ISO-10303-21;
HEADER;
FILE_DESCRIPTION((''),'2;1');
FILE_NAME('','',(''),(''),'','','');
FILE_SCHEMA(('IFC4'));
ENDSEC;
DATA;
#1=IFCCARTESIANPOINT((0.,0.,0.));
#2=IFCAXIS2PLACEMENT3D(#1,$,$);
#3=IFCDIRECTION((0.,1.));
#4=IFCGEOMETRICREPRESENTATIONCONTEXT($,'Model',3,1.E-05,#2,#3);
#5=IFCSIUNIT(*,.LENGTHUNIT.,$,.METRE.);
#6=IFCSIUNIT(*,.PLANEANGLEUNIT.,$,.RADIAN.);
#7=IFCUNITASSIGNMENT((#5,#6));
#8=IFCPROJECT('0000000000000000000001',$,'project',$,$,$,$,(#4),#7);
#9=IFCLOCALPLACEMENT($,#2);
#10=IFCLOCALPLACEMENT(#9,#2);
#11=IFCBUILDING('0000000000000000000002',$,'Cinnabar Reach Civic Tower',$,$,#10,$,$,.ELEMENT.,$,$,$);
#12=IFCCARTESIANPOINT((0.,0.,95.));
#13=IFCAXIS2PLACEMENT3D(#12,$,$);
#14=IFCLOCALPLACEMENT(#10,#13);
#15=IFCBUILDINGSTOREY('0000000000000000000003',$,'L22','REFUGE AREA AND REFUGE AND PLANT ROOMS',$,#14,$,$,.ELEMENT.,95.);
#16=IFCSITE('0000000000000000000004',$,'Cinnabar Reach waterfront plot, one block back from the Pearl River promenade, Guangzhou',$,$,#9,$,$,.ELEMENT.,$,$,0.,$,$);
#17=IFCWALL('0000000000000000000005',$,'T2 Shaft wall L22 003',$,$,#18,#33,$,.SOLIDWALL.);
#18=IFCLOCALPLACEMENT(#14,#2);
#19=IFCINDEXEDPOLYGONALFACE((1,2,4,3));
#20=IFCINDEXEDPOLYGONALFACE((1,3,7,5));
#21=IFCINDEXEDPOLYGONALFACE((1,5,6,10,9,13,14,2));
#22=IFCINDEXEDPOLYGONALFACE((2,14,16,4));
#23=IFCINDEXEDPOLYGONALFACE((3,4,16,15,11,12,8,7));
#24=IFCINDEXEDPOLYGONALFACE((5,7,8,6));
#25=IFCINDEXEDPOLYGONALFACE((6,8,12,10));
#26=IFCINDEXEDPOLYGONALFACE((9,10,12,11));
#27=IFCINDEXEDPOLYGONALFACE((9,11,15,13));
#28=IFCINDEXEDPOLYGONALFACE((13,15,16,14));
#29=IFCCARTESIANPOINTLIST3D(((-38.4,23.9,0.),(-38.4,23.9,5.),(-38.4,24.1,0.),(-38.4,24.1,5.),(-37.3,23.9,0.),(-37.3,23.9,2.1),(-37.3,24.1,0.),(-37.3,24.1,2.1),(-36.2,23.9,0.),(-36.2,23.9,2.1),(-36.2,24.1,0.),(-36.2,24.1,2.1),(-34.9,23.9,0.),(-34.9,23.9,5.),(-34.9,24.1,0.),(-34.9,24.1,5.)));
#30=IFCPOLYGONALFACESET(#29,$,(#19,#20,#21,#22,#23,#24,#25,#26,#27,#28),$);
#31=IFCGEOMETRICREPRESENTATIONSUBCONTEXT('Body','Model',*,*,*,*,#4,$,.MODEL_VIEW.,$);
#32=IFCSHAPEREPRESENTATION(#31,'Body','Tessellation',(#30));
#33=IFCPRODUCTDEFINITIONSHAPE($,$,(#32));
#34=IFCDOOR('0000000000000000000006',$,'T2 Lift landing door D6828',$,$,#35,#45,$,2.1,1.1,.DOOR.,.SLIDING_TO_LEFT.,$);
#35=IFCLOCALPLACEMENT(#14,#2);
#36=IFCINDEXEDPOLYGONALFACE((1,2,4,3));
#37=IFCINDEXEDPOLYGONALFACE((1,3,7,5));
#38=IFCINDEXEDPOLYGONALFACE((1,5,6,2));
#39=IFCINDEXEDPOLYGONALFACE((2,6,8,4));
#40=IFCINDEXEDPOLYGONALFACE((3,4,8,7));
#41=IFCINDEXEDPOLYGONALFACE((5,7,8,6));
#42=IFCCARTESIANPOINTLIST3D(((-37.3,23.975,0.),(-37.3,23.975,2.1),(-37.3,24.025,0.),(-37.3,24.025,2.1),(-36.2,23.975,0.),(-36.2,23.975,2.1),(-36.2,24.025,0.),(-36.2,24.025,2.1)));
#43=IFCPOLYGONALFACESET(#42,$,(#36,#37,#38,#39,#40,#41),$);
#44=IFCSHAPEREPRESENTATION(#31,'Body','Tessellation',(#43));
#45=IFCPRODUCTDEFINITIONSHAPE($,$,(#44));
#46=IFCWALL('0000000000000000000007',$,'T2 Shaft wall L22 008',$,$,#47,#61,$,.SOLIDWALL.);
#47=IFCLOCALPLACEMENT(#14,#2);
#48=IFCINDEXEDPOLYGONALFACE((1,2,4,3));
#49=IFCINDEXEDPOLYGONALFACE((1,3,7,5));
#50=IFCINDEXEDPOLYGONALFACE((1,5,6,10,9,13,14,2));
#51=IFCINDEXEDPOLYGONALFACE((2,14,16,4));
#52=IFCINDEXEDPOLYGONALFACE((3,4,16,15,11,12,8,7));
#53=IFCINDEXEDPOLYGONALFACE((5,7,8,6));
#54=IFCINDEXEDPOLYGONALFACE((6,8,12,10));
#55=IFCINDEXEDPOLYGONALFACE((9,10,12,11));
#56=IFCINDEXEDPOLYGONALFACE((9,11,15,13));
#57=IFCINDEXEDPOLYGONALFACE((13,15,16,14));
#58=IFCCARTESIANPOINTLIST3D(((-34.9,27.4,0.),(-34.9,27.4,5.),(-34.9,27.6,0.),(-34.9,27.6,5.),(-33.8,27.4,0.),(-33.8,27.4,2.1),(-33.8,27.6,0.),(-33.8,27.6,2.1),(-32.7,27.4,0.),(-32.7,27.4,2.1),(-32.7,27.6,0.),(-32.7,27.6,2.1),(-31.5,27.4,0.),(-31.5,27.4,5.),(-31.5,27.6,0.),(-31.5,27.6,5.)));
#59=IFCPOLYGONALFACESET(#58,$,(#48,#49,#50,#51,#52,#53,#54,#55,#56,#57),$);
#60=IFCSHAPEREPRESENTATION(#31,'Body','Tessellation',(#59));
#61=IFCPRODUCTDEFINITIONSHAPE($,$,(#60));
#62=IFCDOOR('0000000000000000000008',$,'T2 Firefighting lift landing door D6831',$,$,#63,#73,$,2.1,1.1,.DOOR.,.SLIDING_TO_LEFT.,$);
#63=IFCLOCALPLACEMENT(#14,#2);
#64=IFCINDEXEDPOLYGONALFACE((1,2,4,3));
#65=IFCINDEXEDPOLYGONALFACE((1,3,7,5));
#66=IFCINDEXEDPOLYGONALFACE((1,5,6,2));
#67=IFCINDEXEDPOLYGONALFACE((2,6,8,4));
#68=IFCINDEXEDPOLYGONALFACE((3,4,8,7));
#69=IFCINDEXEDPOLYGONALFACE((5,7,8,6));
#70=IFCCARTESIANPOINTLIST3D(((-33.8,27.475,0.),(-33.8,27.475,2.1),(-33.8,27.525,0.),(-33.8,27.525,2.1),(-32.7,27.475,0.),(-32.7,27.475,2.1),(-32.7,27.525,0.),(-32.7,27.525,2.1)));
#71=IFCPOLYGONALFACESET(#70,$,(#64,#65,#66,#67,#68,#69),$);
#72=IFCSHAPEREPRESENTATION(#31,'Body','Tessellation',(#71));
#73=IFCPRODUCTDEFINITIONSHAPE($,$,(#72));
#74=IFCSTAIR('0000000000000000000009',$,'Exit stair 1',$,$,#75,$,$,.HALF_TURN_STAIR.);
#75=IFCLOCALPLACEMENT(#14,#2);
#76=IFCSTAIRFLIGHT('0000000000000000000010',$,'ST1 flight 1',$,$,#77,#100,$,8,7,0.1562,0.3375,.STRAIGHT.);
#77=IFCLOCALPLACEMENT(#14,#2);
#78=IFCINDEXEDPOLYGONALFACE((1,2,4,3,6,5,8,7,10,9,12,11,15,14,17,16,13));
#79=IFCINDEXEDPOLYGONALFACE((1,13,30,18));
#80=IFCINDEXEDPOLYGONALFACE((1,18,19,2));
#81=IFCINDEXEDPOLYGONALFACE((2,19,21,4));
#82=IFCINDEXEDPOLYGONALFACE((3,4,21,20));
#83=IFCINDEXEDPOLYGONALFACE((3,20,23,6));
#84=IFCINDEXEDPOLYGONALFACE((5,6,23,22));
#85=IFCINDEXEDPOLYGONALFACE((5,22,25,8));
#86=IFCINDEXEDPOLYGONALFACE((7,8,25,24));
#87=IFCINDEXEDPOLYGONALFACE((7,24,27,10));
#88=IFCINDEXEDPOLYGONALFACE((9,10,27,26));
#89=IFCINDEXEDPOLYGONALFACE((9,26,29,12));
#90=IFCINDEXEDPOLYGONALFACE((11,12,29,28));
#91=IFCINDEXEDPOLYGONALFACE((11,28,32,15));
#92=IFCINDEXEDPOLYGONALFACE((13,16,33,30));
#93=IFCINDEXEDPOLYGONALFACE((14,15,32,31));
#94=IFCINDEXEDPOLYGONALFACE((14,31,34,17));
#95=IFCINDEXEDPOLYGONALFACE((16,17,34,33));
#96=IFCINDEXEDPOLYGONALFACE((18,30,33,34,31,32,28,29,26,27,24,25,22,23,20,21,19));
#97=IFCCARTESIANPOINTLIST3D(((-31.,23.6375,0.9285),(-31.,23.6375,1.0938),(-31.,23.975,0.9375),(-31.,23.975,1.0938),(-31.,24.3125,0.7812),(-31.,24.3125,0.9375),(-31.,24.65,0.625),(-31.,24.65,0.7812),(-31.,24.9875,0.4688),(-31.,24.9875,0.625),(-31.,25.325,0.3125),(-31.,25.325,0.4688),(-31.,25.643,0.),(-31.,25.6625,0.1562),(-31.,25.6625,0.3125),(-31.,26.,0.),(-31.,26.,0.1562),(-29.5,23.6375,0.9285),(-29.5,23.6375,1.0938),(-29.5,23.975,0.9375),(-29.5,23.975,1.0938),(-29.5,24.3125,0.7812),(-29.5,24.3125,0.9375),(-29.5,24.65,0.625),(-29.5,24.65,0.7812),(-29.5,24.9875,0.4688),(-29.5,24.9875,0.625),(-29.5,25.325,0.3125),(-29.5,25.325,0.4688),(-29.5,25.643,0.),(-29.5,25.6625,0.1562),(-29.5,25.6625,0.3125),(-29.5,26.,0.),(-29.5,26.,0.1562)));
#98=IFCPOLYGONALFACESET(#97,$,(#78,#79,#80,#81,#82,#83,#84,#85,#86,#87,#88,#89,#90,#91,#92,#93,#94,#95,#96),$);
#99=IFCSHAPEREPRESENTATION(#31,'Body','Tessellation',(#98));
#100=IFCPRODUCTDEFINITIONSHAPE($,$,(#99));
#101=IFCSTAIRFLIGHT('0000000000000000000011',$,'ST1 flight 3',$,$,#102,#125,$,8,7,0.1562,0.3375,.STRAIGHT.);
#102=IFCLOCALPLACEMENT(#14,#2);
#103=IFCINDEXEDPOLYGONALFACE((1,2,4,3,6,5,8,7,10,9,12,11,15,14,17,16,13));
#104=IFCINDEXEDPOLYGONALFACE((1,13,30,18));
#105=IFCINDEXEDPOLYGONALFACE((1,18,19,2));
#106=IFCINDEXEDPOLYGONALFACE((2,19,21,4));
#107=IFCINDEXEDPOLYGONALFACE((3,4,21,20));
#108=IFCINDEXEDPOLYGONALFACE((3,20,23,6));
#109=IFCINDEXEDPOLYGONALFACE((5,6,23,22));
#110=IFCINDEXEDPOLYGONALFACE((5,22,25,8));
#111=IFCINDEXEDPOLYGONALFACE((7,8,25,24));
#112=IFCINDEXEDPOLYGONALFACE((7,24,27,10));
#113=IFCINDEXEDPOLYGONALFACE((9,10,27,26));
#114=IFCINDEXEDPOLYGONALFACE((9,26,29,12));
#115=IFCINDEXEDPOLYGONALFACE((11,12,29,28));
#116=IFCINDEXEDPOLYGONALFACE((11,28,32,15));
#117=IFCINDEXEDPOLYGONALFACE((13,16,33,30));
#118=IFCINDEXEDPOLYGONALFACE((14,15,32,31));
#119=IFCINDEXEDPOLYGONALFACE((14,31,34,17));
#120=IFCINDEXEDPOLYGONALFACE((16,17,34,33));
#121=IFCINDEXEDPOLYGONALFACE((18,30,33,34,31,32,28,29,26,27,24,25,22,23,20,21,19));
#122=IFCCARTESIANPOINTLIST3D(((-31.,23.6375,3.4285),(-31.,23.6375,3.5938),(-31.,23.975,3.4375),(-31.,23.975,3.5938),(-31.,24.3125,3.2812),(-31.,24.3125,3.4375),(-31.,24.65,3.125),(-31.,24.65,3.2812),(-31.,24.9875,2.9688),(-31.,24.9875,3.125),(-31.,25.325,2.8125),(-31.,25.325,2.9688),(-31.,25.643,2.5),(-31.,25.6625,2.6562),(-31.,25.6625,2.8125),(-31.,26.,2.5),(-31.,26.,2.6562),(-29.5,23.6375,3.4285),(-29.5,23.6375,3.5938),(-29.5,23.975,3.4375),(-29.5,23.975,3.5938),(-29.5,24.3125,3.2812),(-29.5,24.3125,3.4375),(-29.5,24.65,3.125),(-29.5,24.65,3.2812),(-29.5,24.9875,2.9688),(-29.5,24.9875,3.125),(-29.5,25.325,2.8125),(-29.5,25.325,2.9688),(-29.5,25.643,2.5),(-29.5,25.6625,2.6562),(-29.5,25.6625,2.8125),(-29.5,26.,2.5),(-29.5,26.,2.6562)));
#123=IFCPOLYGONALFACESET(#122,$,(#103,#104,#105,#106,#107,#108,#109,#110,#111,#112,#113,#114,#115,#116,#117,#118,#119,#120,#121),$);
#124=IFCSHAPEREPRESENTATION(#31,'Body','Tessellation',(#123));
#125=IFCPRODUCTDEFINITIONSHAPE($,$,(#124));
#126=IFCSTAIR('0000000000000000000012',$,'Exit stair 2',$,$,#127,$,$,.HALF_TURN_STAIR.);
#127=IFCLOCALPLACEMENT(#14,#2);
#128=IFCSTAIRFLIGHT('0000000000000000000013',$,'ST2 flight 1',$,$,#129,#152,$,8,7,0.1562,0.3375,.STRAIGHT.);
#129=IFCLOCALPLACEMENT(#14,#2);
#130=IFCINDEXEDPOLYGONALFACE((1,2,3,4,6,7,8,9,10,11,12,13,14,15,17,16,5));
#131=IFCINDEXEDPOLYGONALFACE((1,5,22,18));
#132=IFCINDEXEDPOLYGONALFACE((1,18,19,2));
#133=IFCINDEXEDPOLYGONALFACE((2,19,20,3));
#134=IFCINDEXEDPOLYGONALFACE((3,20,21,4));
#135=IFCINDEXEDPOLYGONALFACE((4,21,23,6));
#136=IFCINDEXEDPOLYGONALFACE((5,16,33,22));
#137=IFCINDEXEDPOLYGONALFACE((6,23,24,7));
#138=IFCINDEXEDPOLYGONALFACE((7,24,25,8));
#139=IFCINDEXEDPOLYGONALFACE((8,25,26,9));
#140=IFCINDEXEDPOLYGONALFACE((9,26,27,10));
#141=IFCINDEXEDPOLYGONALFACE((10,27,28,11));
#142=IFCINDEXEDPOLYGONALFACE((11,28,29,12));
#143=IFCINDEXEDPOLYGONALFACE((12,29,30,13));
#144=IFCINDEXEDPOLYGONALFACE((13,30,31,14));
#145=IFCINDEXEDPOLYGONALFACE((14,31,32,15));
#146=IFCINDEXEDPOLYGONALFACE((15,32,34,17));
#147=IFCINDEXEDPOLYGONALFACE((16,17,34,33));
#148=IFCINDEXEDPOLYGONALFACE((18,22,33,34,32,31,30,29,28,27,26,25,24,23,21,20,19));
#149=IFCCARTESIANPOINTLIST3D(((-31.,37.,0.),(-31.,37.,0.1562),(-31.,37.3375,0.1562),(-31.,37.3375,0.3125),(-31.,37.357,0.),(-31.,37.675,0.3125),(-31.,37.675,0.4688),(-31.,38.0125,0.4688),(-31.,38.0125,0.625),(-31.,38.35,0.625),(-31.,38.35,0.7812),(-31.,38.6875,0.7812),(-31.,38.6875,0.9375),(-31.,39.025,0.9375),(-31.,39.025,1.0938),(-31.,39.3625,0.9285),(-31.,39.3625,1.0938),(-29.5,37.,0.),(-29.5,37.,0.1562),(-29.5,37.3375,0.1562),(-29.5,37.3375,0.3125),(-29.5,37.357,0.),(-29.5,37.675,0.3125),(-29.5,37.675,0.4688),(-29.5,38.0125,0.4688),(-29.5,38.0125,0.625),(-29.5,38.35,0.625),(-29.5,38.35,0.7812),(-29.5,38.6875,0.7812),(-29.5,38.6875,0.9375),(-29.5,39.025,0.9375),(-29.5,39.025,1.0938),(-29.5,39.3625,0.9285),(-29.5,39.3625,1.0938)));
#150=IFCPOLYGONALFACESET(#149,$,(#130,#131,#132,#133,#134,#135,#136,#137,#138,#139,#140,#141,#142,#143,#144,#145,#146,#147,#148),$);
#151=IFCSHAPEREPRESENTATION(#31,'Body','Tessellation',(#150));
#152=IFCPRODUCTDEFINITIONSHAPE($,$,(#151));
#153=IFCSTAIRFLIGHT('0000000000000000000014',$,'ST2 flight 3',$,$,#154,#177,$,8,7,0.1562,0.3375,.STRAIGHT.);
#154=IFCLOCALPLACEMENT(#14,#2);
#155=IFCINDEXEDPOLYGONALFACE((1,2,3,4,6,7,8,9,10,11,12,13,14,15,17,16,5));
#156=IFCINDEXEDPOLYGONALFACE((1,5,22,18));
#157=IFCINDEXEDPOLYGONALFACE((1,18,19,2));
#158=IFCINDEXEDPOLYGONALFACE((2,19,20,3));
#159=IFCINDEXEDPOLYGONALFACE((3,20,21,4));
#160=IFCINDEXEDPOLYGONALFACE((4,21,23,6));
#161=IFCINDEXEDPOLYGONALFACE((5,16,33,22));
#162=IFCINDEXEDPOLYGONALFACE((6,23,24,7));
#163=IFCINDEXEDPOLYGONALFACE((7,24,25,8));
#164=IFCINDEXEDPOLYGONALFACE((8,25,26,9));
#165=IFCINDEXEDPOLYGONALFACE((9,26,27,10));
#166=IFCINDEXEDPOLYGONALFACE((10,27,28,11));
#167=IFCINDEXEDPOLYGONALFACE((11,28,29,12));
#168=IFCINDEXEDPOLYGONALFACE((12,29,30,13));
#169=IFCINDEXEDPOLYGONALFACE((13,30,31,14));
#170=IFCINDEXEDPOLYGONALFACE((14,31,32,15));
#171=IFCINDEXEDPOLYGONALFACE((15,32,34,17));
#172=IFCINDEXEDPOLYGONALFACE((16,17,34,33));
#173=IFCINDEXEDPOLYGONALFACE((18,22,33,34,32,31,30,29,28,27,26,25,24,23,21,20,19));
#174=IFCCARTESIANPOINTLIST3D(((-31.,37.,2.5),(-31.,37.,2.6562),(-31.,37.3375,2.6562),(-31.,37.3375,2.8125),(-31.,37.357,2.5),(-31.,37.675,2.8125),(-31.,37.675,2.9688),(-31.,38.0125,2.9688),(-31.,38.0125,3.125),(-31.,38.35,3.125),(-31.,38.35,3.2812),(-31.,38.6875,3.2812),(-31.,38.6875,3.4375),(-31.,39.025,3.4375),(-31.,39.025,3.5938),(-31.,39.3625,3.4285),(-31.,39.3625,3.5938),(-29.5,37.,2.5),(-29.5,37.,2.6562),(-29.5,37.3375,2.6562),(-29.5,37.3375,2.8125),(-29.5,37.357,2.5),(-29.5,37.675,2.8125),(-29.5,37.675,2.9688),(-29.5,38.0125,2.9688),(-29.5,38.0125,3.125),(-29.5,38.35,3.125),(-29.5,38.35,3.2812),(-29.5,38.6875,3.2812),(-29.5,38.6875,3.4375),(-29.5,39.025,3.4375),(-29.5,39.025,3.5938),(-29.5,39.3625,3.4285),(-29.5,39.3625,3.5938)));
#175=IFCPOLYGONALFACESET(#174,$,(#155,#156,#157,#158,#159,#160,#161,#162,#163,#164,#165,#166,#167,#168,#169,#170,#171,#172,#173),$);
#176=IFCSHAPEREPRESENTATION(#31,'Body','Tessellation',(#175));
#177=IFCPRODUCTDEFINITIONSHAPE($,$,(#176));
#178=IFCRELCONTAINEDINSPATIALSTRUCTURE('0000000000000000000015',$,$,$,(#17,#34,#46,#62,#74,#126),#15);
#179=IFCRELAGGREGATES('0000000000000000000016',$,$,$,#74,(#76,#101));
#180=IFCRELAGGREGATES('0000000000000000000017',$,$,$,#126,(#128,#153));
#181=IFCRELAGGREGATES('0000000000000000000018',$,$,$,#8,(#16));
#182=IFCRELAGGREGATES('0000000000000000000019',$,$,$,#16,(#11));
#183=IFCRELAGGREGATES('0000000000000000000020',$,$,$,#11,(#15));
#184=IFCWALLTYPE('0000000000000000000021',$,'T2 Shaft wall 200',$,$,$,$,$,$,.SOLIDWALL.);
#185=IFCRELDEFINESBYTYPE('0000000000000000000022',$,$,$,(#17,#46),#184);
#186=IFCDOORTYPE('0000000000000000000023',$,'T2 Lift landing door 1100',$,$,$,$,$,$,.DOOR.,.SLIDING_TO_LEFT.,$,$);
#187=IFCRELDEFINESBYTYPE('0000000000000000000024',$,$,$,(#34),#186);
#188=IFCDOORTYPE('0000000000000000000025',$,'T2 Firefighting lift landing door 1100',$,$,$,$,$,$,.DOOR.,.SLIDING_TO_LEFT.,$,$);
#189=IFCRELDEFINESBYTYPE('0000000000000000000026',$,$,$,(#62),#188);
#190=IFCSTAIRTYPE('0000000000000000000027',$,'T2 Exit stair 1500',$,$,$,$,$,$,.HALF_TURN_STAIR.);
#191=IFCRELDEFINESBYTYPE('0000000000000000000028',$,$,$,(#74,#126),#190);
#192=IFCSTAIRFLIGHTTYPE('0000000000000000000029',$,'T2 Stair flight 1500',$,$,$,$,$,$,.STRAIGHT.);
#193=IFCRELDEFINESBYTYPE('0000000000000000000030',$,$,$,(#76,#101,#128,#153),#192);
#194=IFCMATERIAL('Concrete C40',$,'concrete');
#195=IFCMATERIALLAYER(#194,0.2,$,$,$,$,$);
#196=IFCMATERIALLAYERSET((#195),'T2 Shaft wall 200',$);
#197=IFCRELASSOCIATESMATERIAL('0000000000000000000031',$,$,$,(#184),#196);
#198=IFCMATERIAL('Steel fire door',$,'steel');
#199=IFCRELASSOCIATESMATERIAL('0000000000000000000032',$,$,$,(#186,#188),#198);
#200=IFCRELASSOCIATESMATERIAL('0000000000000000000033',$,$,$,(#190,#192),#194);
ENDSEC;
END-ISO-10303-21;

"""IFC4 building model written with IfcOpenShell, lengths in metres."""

from ifc_helpers import new_model, si_unit, direction, frame, frame_2d, origin, place, context, subcontext, project, spatial, polyline, rectangle, outline, extrude, material, layer, layer_set, type_object, element, fill, aggregate, save


model = new_model("IFC4")

# Units and contexts
model_context = context("Model", 3, precision=1e-05, world=origin(), true_north=direction((0.0, 1.0)))
body_context = subcontext(model_context, "Body", "Model", "MODEL_VIEW")
ifc_project = project(units=[si_unit("LENGTHUNIT", "METRE"), si_unit("PLANEANGLEUNIT", "RADIAN")], contexts=[model_context])

# Site, building, storey
site_placement = place(None, origin())
site = spatial("IfcSite", under=ifc_project, at=site_placement, Name="Cinnabar Reach waterfront plot, one block back from the Pearl River promenade, Guangzhou", CompositionType="ELEMENT", RefElevation=0.0)
building_placement = place(site_placement, origin())
building = spatial("IfcBuilding", under=site, at=building_placement, Name="Cinnabar Reach Civic Tower", CompositionType="ELEMENT")
storey_placement = place(building_placement, frame((0.0, 0.0, 95.0)))
storey = spatial("IfcBuildingStorey", under=building, at=storey_placement, Name="L22", Description="REFUGE AREA AND REFUGE AND PLANT ROOMS", CompositionType="ELEMENT", Elevation=95.0)

# Shared definitions
ifc_material_1 = material(Name="Steel fire door", Category="steel")

# Shared definitions
ifc_material_2 = material(Name="Concrete C40", Category="concrete")

# Walls, openings, doors
ifc_layer_1 = layer(ifc_material_2, 0.2)
ifc_layer_set_1 = layer_set([ifc_layer_1], Name="T2 Shaft wall 200")
wall_type_1 = type_object("IfcWallType", Name="T2 Shaft wall 200", PredefinedType="SOLIDWALL", material=ifc_layer_set_1)
wall_1_placement = place(storey_placement, frame((-34.9, 24.0, 0.0), z_axis=(0.0, 0.0, 1.0), x_axis=(-1.0, 0.0, 0.0)))
wall_1 = element("IfcWall", 1, at=wall_1_placement, inside=storey, type_object=wall_type_1, Name="T2 Shaft wall L22 003", PredefinedType="SOLIDWALL", context=body_context, shape_type="SweptSolid", body=[
    extrude(rectangle(XDim=3.5, YDim=0.2, at=frame_2d((1.75, 0.0))), origin(), (0.0, 0.0, 1.0), 5.0),
])
opening_1_placement = place(wall_1_placement, frame((1.3, 0.0, 0.0)))
opening_1 = element("IfcOpeningElement", 2, at=opening_1_placement, cuts=wall_1, PredefinedType="OPENING", context=body_context, shape_type="SweptSolid", body=[
    extrude(rectangle(XDim=1.1, YDim=2.1, at=frame_2d((0.55, 1.05))), frame((0.0, 0.11, 0.0), z_axis=(0.0, -1.0, 0.0), x_axis=(1.0, 0.0, 0.0)), (0.0, 0.0, 1.0), 0.22),
])
door_type_1 = type_object("IfcDoorType", Name="T2 Lift landing door 1100", OperationType="SLIDING_TO_LEFT", PredefinedType="DOOR", material=ifc_material_1)
door_1_placement = place(opening_1_placement, origin())
door_1 = element("IfcDoor", 3, at=door_1_placement, inside=storey, type_object=door_type_1, Name="T2 Lift landing door D6828", OperationType="SLIDING_TO_LEFT", OverallHeight=2.1, OverallWidth=1.1, PredefinedType="DOOR", context=body_context, shape_type="SweptSolid", body=[
    extrude(rectangle(XDim=1.1, YDim=2.1, at=frame_2d((0.55, 1.05))), frame((0.0, 0.025, 0.0), z_axis=(0.0, -1.0, 0.0), x_axis=(1.0, 0.0, 0.0)), (0.0, 0.0, 1.0), 0.05),
])
fill(opening_1, door_1)
wall_2_placement = place(storey_placement, frame((-34.9, 27.5, 0.0), z_axis=(0.0, 0.0, 1.0), x_axis=(1.0, 0.0, 0.0)))
wall_2 = element("IfcWall", 4, at=wall_2_placement, inside=storey, type_object=wall_type_1, Name="T2 Shaft wall L22 008", PredefinedType="SOLIDWALL", context=body_context, shape_type="SweptSolid", body=[
    extrude(rectangle(XDim=3.4, YDim=0.2, at=frame_2d((1.7, 0.0))), origin(), (0.0, 0.0, 1.0), 5.0),
])
opening_2_placement = place(wall_2_placement, frame((1.1, 0.0, 0.0)))
opening_2 = element("IfcOpeningElement", 5, at=opening_2_placement, cuts=wall_2, PredefinedType="OPENING", context=body_context, shape_type="SweptSolid", body=[
    extrude(rectangle(XDim=1.1, YDim=2.1, at=frame_2d((0.55, 1.05))), frame((0.0, 0.11, 0.0), z_axis=(0.0, -1.0, 0.0), x_axis=(1.0, 0.0, 0.0)), (0.0, 0.0, 1.0), 0.22),
])
door_type_2 = type_object("IfcDoorType", Name="T2 Firefighting lift landing door 1100", OperationType="SLIDING_TO_LEFT", PredefinedType="DOOR", material=ifc_material_1)
door_2_placement = place(opening_2_placement, origin())
door_2 = element("IfcDoor", 6, at=door_2_placement, inside=storey, type_object=door_type_2, Name="T2 Firefighting lift landing door D6831", OperationType="SLIDING_TO_LEFT", OverallHeight=2.1, OverallWidth=1.1, PredefinedType="DOOR", context=body_context, shape_type="SweptSolid", body=[
    extrude(rectangle(XDim=1.1, YDim=2.1, at=frame_2d((0.55, 1.05))), frame((0.0, 0.025, 0.0), z_axis=(0.0, -1.0, 0.0), x_axis=(1.0, 0.0, 0.0)), (0.0, 0.0, 1.0), 0.05),
])
fill(opening_2, door_2)

# Stairs, stair flights
stair_type = type_object("IfcStairType", Name="T2 Exit stair 1500", PredefinedType="HALF_TURN_STAIR", material=ifc_material_2)
stair_1_placement = place(storey_placement, origin())
stair_1 = element("IfcStair", 7, at=stair_1_placement, inside=storey, type_object=stair_type, Name="Exit stair 1", PredefinedType="HALF_TURN_STAIR")
stair_flight_type = type_object("IfcStairFlightType", Name="T2 Stair flight 1500", PredefinedType="STRAIGHT", material=ifc_material_2)
stair_flight_1_placement = place(storey_placement, frame((-30.25, 26.0, 0.0), z_axis=(0.0, 0.0, 1.0), x_axis=(0.0, -1.0, 0.0)))
stair_flight_1 = element("IfcStairFlight", 8, at=stair_flight_1_placement, type_object=stair_flight_type, Name="ST1 flight 1", NumberOfRisers=8, NumberOfTreads=7, PredefinedType="STRAIGHT", RiserHeight=0.1562, TreadLength=0.3375, context=body_context, shape_type="SweptSolid", body=[
    extrude(outline(polyline([(0.0, 0.0), (0.0, 0.1562), (0.3375, 0.1562), (0.3375, 0.3125), (0.675, 0.3125), (0.675, 0.4688), (1.0125, 0.4688), (1.0125, 0.625), (1.35, 0.625), (1.35, 0.7812), (1.6875, 0.7812), (1.6875, 0.9375), (2.025, 0.9375), (2.025, 1.0938), (2.3625, 1.0938), (2.3625, 1.25), (2.3625, 0.9285), (0.357, 0.0), (0.0, 0.0)])), frame((0.0, 0.75, 0.0), z_axis=(0.0, -1.0, 0.0), x_axis=(1.0, 0.0, 0.0)), (0.0, 0.0, 1.0), 1.5),
])
stair_flight_2_placement = place(storey_placement, frame((-30.25, 26.0, 2.5), z_axis=(0.0, 0.0, 1.0), x_axis=(0.0, -1.0, 0.0)))
stair_flight_2 = element("IfcStairFlight", 9, at=stair_flight_2_placement, type_object=stair_flight_type, Name="ST1 flight 3", NumberOfRisers=8, NumberOfTreads=7, PredefinedType="STRAIGHT", RiserHeight=0.1562, TreadLength=0.3375, context=body_context, shape_type="SweptSolid", body=[
    extrude(outline(polyline([(0.0, 0.0), (0.0, 0.1562), (0.3375, 0.1562), (0.3375, 0.3125), (0.675, 0.3125), (0.675, 0.4688), (1.0125, 0.4688), (1.0125, 0.625), (1.35, 0.625), (1.35, 0.7812), (1.6875, 0.7812), (1.6875, 0.9375), (2.025, 0.9375), (2.025, 1.0938), (2.3625, 1.0938), (2.3625, 1.25), (2.3625, 0.9285), (0.357, 0.0), (0.0, 0.0)])), frame((0.0, 0.75, 0.0), z_axis=(0.0, -1.0, 0.0), x_axis=(1.0, 0.0, 0.0)), (0.0, 0.0, 1.0), 1.5),
])
aggregate(stair_1, [stair_flight_1, stair_flight_2])
stair_2_placement = place(storey_placement, origin())
stair_2 = element("IfcStair", 10, at=stair_2_placement, inside=storey, type_object=stair_type, Name="Exit stair 2", PredefinedType="HALF_TURN_STAIR")
stair_flight_3_placement = place(storey_placement, frame((-30.25, 37.0, 0.0), z_axis=(0.0, 0.0, 1.0), x_axis=(0.0, 1.0, 0.0)))
stair_flight_3 = element("IfcStairFlight", 11, at=stair_flight_3_placement, type_object=stair_flight_type, Name="ST2 flight 1", NumberOfRisers=8, NumberOfTreads=7, PredefinedType="STRAIGHT", RiserHeight=0.1562, TreadLength=0.3375, context=body_context, shape_type="SweptSolid", body=[
    extrude(outline(polyline([(0.0, 0.0), (0.0, 0.1562), (0.3375, 0.1562), (0.3375, 0.3125), (0.675, 0.3125), (0.675, 0.4688), (1.0125, 0.4688), (1.0125, 0.625), (1.35, 0.625), (1.35, 0.7812), (1.6875, 0.7812), (1.6875, 0.9375), (2.025, 0.9375), (2.025, 1.0938), (2.3625, 1.0938), (2.3625, 1.25), (2.3625, 0.9285), (0.357, 0.0), (0.0, 0.0)])), frame((0.0, 0.75, 0.0), z_axis=(0.0, -1.0, 0.0), x_axis=(1.0, 0.0, 0.0)), (0.0, 0.0, 1.0), 1.5),
])
stair_flight_4_placement = place(storey_placement, frame((-30.25, 37.0, 2.5), z_axis=(0.0, 0.0, 1.0), x_axis=(0.0, 1.0, 0.0)))
stair_flight_4 = element("IfcStairFlight", 12, at=stair_flight_4_placement, type_object=stair_flight_type, Name="ST2 flight 3", NumberOfRisers=8, NumberOfTreads=7, PredefinedType="STRAIGHT", RiserHeight=0.1562, TreadLength=0.3375, context=body_context, shape_type="SweptSolid", body=[
    extrude(outline(polyline([(0.0, 0.0), (0.0, 0.1562), (0.3375, 0.1562), (0.3375, 0.3125), (0.675, 0.3125), (0.675, 0.4688), (1.0125, 0.4688), (1.0125, 0.625), (1.35, 0.625), (1.35, 0.7812), (1.6875, 0.7812), (1.6875, 0.9375), (2.025, 0.9375), (2.025, 1.0938), (2.3625, 1.0938), (2.3625, 1.25), (2.3625, 0.9285), (0.357, 0.0), (0.0, 0.0)])), frame((0.0, 0.75, 0.0), z_axis=(0.0, -1.0, 0.0), x_axis=(1.0, 0.0, 0.0)), (0.0, 0.0, 1.0), 1.5),
])
aggregate(stair_2, [stair_flight_3, stair_flight_4])

save(model, "model.ifc")
